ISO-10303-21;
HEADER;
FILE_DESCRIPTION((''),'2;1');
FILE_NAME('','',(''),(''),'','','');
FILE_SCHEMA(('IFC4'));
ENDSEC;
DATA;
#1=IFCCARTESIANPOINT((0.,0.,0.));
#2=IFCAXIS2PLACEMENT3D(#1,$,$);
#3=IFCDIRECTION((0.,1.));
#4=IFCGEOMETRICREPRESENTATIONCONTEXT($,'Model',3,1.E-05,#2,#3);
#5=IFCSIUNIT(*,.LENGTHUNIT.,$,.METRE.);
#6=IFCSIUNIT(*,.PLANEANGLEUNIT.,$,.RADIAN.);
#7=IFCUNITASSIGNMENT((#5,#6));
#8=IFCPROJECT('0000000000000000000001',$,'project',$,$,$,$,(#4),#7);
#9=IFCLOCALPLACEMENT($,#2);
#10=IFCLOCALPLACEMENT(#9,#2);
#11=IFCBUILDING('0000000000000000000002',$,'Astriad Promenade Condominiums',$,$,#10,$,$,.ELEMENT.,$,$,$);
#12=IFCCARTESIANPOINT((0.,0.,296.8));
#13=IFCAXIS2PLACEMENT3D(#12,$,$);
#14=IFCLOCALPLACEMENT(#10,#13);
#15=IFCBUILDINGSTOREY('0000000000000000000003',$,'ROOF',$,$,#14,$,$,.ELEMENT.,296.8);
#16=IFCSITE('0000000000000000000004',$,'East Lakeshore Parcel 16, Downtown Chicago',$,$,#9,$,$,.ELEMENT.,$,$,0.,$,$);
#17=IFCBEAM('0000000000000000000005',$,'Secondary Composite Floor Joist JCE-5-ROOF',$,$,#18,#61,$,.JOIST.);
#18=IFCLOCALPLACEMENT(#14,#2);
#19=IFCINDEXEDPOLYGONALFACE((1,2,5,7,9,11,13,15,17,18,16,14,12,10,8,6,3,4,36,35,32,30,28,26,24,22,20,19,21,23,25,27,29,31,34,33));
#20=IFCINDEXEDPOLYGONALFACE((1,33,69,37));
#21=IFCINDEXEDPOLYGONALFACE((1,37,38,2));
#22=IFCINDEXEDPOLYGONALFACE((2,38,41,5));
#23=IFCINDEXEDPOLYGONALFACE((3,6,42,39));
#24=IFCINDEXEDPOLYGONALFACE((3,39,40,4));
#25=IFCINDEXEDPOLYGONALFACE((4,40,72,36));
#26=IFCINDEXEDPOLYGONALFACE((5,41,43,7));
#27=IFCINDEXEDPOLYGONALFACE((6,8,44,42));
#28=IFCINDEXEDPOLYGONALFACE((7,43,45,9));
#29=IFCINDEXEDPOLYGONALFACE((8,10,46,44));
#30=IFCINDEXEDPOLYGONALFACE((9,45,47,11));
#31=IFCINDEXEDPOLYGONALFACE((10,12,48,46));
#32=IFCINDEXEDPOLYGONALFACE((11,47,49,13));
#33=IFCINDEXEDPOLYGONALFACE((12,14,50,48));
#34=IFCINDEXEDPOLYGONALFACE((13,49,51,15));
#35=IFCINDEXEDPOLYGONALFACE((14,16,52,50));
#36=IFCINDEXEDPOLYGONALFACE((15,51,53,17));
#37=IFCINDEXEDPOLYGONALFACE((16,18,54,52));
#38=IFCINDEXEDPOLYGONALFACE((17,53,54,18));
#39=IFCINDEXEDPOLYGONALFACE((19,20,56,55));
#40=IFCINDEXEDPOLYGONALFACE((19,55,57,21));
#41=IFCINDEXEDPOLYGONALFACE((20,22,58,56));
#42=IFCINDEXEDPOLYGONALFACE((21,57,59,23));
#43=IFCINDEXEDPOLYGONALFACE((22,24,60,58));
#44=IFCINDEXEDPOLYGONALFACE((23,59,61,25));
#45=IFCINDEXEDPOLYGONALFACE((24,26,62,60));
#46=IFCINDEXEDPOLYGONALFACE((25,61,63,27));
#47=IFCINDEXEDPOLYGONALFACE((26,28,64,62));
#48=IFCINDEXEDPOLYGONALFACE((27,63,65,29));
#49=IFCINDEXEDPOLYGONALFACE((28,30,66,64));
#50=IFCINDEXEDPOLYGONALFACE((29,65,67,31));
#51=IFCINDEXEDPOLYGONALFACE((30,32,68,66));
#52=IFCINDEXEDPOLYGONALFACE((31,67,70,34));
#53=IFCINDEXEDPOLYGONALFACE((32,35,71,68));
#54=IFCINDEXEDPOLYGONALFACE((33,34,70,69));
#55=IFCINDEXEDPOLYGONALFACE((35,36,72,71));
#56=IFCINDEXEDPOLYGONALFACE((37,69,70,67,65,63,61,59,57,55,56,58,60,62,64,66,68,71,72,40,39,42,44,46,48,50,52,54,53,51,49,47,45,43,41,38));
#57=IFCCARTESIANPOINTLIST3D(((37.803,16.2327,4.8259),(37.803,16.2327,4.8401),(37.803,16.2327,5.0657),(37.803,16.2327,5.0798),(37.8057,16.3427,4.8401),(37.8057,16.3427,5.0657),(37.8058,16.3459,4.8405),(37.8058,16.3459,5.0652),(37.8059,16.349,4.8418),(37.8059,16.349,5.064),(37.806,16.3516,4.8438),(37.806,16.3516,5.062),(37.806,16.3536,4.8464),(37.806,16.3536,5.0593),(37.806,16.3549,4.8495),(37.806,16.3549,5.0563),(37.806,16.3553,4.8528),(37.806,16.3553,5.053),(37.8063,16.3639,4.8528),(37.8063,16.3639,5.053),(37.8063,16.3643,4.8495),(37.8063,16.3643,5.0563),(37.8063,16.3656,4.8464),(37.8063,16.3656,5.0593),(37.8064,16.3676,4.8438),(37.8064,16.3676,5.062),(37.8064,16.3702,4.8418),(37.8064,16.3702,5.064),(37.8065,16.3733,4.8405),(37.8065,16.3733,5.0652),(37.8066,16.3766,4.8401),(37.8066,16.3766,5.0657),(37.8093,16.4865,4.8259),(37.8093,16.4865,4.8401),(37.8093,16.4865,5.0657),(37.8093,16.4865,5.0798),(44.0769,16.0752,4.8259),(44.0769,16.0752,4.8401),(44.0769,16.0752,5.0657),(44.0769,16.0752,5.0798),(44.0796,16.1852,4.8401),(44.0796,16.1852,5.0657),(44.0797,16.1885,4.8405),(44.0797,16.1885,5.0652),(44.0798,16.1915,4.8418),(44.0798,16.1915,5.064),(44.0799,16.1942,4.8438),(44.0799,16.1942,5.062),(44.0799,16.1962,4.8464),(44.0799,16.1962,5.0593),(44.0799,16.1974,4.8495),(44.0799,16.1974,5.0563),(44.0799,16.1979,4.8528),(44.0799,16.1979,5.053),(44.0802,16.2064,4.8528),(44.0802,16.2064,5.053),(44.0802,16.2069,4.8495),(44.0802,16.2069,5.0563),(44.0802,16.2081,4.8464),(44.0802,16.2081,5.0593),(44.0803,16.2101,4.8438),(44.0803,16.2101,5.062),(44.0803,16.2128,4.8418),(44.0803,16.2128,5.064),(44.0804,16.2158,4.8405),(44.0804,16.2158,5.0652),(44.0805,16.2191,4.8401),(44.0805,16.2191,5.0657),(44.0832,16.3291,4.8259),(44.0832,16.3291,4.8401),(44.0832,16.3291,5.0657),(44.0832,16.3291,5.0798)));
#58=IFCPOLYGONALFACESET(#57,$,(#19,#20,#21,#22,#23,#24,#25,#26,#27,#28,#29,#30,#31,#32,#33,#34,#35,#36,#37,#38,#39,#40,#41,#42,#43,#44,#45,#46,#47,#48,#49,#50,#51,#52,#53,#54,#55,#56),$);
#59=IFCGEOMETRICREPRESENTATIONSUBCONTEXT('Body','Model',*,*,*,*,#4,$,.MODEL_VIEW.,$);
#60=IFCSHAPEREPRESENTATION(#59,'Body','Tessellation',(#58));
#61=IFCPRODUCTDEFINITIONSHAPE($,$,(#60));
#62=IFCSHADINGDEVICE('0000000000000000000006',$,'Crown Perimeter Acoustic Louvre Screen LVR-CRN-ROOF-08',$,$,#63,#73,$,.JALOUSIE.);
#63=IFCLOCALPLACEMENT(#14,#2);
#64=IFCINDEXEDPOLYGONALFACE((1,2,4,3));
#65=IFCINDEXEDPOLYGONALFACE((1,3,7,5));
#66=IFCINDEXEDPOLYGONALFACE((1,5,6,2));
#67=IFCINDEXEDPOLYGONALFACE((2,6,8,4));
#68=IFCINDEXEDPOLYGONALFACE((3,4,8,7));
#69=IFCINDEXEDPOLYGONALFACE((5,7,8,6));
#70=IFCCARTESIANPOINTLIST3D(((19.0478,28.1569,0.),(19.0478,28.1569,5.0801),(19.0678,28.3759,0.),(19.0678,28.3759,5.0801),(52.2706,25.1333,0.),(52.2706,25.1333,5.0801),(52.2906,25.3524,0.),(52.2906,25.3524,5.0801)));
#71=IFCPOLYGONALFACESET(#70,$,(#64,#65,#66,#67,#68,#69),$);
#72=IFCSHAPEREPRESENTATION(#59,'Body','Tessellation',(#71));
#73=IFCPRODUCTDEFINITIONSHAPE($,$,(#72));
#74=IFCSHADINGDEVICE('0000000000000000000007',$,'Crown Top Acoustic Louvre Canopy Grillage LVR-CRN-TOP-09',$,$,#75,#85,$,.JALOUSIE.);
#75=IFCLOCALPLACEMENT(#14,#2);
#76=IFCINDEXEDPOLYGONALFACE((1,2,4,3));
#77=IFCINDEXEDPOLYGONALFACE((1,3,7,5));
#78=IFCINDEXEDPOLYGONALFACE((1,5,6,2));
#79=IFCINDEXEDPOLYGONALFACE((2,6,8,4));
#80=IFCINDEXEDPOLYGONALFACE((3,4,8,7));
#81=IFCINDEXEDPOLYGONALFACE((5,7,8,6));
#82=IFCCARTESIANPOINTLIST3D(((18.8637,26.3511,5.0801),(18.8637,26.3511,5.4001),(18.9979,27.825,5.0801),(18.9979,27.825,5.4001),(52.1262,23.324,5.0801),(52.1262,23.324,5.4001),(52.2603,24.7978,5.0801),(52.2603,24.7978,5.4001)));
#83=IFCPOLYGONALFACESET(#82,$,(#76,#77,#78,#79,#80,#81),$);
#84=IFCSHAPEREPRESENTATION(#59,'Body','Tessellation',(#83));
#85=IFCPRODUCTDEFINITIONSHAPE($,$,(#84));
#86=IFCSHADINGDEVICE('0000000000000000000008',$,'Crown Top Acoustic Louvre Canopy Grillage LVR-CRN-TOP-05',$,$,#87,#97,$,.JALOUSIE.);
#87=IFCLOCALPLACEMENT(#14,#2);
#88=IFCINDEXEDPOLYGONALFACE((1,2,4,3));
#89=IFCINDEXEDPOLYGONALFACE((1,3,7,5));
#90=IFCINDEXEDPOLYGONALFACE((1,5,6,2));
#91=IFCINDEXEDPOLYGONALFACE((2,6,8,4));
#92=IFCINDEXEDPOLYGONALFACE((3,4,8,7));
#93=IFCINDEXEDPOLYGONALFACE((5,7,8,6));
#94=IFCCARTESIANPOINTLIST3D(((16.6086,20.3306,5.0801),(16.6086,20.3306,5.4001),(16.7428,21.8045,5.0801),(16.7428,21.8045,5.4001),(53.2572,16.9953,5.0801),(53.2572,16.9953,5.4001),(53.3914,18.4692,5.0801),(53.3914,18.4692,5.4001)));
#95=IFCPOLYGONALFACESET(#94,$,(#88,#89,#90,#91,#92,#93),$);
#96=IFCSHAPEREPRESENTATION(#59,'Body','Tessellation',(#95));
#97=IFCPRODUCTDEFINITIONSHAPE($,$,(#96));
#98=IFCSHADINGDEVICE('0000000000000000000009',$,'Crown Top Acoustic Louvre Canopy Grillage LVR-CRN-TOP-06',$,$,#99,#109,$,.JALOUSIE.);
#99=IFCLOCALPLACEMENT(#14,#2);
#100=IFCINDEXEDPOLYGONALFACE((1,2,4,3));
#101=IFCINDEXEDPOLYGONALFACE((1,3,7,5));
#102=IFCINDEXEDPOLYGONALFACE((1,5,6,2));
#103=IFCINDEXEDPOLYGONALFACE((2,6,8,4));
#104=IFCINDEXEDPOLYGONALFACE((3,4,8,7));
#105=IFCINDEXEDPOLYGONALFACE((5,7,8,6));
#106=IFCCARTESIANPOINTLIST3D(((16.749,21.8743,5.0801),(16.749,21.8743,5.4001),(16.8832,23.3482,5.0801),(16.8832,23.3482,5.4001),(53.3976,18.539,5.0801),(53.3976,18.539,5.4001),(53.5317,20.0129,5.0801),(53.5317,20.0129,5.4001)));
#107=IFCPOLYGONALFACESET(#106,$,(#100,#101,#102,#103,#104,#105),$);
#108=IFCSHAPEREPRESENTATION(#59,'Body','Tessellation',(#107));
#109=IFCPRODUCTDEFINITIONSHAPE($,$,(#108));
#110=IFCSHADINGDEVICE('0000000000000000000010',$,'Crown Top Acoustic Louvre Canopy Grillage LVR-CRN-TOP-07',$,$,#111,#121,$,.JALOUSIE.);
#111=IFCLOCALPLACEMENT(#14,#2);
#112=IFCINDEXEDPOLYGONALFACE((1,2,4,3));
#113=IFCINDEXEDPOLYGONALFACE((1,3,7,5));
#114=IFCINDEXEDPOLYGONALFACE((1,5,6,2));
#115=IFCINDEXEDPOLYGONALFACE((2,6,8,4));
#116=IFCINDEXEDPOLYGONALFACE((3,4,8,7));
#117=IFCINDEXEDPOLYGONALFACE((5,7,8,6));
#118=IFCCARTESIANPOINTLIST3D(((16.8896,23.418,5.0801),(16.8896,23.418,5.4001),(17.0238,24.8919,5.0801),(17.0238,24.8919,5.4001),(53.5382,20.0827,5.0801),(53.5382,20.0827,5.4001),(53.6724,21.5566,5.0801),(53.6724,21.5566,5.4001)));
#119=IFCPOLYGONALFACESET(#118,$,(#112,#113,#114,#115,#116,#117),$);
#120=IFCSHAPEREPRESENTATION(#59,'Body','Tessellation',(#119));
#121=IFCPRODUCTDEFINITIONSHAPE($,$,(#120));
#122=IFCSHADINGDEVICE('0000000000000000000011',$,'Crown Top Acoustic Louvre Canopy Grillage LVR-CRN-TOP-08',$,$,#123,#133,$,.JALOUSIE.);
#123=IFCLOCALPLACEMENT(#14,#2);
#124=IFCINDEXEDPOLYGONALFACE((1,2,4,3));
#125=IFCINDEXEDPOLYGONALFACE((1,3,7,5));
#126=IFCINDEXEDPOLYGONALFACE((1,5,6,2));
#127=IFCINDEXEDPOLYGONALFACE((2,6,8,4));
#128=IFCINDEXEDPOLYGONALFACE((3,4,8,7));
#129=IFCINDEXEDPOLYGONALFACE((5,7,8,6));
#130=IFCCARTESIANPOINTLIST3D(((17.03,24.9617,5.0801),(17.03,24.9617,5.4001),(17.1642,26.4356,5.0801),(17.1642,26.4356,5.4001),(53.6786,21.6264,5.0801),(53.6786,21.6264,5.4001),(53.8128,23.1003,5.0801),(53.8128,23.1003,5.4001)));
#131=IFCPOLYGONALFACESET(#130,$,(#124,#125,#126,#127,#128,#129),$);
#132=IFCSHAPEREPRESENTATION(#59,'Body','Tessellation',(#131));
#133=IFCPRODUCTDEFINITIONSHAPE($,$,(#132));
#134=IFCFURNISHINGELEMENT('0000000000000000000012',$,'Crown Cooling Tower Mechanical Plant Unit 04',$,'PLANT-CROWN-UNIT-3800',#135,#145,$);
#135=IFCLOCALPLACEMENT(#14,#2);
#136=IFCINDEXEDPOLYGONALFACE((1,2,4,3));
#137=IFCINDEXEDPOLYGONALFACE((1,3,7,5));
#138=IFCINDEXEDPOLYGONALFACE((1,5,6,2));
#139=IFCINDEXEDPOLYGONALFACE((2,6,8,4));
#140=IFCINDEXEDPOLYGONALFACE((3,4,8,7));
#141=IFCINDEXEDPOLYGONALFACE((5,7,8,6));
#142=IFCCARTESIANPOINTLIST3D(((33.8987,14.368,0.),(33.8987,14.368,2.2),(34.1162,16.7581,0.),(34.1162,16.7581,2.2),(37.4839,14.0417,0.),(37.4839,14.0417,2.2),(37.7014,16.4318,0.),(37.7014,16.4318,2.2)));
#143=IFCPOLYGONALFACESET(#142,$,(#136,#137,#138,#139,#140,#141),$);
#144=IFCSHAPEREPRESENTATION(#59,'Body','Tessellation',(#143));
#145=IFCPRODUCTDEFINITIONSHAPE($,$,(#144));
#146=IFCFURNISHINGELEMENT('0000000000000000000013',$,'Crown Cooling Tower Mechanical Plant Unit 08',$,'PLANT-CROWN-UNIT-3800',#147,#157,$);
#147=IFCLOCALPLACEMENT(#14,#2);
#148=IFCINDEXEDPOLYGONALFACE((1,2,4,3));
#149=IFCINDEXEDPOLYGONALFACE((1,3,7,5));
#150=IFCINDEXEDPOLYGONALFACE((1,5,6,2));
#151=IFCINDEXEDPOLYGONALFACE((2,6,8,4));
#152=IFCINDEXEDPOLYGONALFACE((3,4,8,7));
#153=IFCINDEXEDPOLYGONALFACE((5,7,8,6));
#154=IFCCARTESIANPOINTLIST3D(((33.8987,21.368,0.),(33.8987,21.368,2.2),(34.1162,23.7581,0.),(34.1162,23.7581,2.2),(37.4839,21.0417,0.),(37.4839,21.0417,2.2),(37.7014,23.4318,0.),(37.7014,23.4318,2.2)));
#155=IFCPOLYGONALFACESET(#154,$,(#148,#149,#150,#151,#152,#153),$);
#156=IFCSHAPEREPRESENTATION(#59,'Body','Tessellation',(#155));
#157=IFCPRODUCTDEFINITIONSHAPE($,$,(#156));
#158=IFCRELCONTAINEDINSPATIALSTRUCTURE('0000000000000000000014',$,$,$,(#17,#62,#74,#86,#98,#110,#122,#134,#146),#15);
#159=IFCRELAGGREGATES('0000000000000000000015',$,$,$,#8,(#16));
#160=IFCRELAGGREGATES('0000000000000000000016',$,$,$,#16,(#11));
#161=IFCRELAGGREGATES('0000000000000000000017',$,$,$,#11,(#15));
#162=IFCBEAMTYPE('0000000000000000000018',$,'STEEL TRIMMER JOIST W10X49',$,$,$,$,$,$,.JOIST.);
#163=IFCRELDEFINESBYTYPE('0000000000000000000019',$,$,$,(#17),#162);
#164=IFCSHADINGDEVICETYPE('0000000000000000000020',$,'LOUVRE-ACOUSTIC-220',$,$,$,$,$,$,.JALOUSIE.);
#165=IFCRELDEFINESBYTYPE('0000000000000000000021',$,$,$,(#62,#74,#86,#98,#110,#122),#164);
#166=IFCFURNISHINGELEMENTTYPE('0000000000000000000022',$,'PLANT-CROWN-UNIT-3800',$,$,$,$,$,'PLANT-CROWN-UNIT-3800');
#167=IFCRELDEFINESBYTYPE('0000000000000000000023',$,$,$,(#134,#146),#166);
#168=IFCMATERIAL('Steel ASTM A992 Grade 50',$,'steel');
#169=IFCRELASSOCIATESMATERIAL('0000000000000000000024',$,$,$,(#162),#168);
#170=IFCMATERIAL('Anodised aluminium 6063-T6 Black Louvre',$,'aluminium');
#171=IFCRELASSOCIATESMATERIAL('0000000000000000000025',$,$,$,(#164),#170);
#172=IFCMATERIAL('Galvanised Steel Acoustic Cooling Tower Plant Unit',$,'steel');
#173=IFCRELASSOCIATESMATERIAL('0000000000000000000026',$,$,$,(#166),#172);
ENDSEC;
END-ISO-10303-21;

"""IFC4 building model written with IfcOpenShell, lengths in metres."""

from ifc_helpers import new_model, si_unit, direction, frame, origin, origin_2d, place, context, subcontext, project, spatial, rectangle, i_section, extrude, source, transform, mapped, material, material_profile, profile_set, type_object, type_shapes, element, save


model = new_model("IFC4")

# Units and contexts
model_context = context("Model", 3, precision=1e-05, world=origin(), true_north=direction((0.0, 1.0)))
body_context = subcontext(model_context, "Body", "Model", "MODEL_VIEW")
ifc_project = project(units=[si_unit("LENGTHUNIT", "METRE"), si_unit("PLANEANGLEUNIT", "RADIAN")], contexts=[model_context])

# Site, building, storey
site_placement = place(None, origin())
site = spatial("IfcSite", under=ifc_project, at=site_placement, Name="East Lakeshore Parcel 16, Downtown Chicago", CompositionType="ELEMENT", RefElevation=0.0)
building_placement = place(site_placement, origin())
building = spatial("IfcBuilding", under=site, at=building_placement, Name="Astriad Promenade Condominiums", CompositionType="ELEMENT")
storey_placement = place(building_placement, frame((0.0, 0.0, 296.8)))
storey = spatial("IfcBuildingStorey", under=building, at=storey_placement, Name="ROOF", CompositionType="ELEMENT", Elevation=296.8)

# Shared definitions
ifc_material_1 = material(Name="Steel ASTM A992 Grade 50", Category="steel")

# Beam
ifc_material_profile_1 = material_profile(ifc_material_1, i_section(OverallWidth=0.2539, OverallDepth=0.2539, WebThickness=0.0085, FlangeThickness=0.0142, FilletRadius=0.0127, at=origin_2d()), Name="W10X49")
ifc_profile_set_1 = profile_set([ifc_material_profile_1], Name="Steel ASTM A992 Grade 50")
beam_type_1 = type_object("IfcBeamType", Name="STEEL TRIMMER JOIST W10X49", PredefinedType="JOIST", material=ifc_profile_set_1)
shared_shape_1 = source(origin(), body_context, "Body", "SweptSolid", [
    extrude(i_section(OverallWidth=0.2539, OverallDepth=0.2539, WebThickness=0.0085, FlangeThickness=0.0142, FilletRadius=0.0127, at=origin_2d()), origin(), (0.0, 0.0, 1.0), 6.2759),
])
beam_1_placement = place(storey_placement, frame((37.8062, 16.3596, 4.9529), z_axis=(0.999685, -0.025091, 0.0), x_axis=(0.025091, 0.999685, 0.0)))
element("IfcBeam", 1, at=beam_1_placement, inside=storey, type_object=beam_type_1, Name="Secondary Composite Floor Joist JCE-5-ROOF", PredefinedType="JOIST", context=body_context, shape_type="MappedRepresentation", body=[
    mapped(shared_shape_1, transform((0.0, 0.0, 0.0), scale=1.0)),
])

# Shading devices
ifc_material_2 = material(Name="Anodised aluminium 6063-T6 Black Louvre", Category="aluminium")
shading_device_type = type_object("IfcShadingDeviceType", Name="LOUVRE-ACOUSTIC-220", PredefinedType="JALOUSIE", material=ifc_material_2)
shared_shape_2 = source(origin(), body_context, "Body", "SweptSolid", [
    extrude(rectangle(XDim=33.3601, YDim=0.22, at=origin_2d()), origin(), (0.0, 0.0, 1.0), 5.0801),
])
shading_device_1_placement = place(storey_placement, frame((35.6692, 26.7546, 0.0), z_axis=(0.0, 0.0, 1.0), x_axis=(0.995884, -0.090633, 0.0)))
element("IfcShadingDevice", 2, at=shading_device_1_placement, inside=storey, type_object=shading_device_type, Name="Crown Perimeter Acoustic Louvre Screen LVR-CRN-ROOF-08", PredefinedType="JALOUSIE", context=body_context, shape_type="MappedRepresentation", body=[
    mapped(shared_shape_2, transform((0.0, 0.0, 0.0), scale=1.0)),
])
shared_shape_3 = source(origin(), body_context, "Body", "SweptSolid", [
    extrude(rectangle(XDim=33.3999, YDim=1.48, at=origin_2d()), origin(), (0.0, 0.0, 1.0), 0.3201),
])
shading_device_2_placement = place(storey_placement, frame((35.562, 25.5745, 5.0801), z_axis=(0.0, 0.0, 1.0), x_axis=(0.995884, -0.090633, 0.0)))
element("IfcShadingDevice", 3, at=shading_device_2_placement, inside=storey, type_object=shading_device_type, Name="Crown Top Acoustic Louvre Canopy Grillage LVR-CRN-TOP-09", PredefinedType="JALOUSIE", context=body_context, shape_type="MappedRepresentation", body=[
    mapped(shared_shape_3, transform((0.0, 0.0, 0.0), scale=1.0)),
])
shared_shape_4 = source(origin(), body_context, "Body", "SweptSolid", [
    extrude(rectangle(XDim=36.8, YDim=1.48, at=origin_2d()), origin(), (0.0, 0.0, 1.0), 0.3201),
])
type_shapes(shading_device_type, [shared_shape_2, shared_shape_3, shared_shape_4])
for number, where, z_axis, x_axis, name in (
    (4, (35.0, 19.3999, 5.0801), (0.0, 0.0, 1.0), (0.995884, -0.090633, 0.0), "Crown Top Acoustic Louvre Canopy Grillage LVR-CRN-TOP-05"),
    (5, (35.1404, 20.9436, 5.0801), (0.0, 0.0, 1.0), (0.995884, -0.090633, 0.0), "Crown Top Acoustic Louvre Canopy Grillage LVR-CRN-TOP-06"),
    (6, (35.281, 22.4873, 5.0801), (0.0, 0.0, 1.0), (0.995884, -0.090633, 0.0), "Crown Top Acoustic Louvre Canopy Grillage LVR-CRN-TOP-07"),
    (7, (35.4214, 24.031, 5.0801), (0.0, 0.0, 1.0), (0.995884, -0.090633, 0.0), "Crown Top Acoustic Louvre Canopy Grillage LVR-CRN-TOP-08"),
):
    element("IfcShadingDevice", number, at=place(storey_placement, frame(where, z_axis=z_axis, x_axis=x_axis)), inside=storey, type_object=shading_device_type, Name=name, PredefinedType="JALOUSIE", context=body_context, shape_type="MappedRepresentation", body=[
        mapped(shared_shape_4, transform((0.0, 0.0, 0.0), scale=1.0)),
    ])

# Furnishing elements
ifc_material_3 = material(Name="Galvanised Steel Acoustic Cooling Tower Plant Unit", Category="steel")
furnishing_element_type = type_object("IfcFurnishingElementType", Name="PLANT-CROWN-UNIT-3800", ElementType="PLANT-CROWN-UNIT-3800", material=ifc_material_3)
shared_shape_5 = source(origin(), body_context, "Body", "SweptSolid", [
    extrude(rectangle(XDim=3.6001, YDim=2.3999, at=origin_2d()), origin(), (0.0, 0.0, 1.0), 2.2),
])
type_shapes(furnishing_element_type, [shared_shape_5])
for number, where, z_axis, x_axis, name in (
    (8, (35.8, 15.3999, 0.0), (0.0, 0.0, 1.0), (0.995884, -0.090633, 0.0), "Crown Cooling Tower Mechanical Plant Unit 04"),
    (9, (35.8, 22.3999, 0.0), (0.0, 0.0, 1.0), (0.995884, -0.090633, 0.0), "Crown Cooling Tower Mechanical Plant Unit 08"),
):
    element("IfcFurnishingElement", number, at=place(storey_placement, frame(where, z_axis=z_axis, x_axis=x_axis)), inside=storey, type_object=furnishing_element_type, Name=name, ObjectType="PLANT-CROWN-UNIT-3800", context=body_context, shape_type="MappedRepresentation", body=[
        mapped(shared_shape_5, transform((0.0, 0.0, 0.0), scale=1.0)),
    ])

save(model, "model.ifc")
